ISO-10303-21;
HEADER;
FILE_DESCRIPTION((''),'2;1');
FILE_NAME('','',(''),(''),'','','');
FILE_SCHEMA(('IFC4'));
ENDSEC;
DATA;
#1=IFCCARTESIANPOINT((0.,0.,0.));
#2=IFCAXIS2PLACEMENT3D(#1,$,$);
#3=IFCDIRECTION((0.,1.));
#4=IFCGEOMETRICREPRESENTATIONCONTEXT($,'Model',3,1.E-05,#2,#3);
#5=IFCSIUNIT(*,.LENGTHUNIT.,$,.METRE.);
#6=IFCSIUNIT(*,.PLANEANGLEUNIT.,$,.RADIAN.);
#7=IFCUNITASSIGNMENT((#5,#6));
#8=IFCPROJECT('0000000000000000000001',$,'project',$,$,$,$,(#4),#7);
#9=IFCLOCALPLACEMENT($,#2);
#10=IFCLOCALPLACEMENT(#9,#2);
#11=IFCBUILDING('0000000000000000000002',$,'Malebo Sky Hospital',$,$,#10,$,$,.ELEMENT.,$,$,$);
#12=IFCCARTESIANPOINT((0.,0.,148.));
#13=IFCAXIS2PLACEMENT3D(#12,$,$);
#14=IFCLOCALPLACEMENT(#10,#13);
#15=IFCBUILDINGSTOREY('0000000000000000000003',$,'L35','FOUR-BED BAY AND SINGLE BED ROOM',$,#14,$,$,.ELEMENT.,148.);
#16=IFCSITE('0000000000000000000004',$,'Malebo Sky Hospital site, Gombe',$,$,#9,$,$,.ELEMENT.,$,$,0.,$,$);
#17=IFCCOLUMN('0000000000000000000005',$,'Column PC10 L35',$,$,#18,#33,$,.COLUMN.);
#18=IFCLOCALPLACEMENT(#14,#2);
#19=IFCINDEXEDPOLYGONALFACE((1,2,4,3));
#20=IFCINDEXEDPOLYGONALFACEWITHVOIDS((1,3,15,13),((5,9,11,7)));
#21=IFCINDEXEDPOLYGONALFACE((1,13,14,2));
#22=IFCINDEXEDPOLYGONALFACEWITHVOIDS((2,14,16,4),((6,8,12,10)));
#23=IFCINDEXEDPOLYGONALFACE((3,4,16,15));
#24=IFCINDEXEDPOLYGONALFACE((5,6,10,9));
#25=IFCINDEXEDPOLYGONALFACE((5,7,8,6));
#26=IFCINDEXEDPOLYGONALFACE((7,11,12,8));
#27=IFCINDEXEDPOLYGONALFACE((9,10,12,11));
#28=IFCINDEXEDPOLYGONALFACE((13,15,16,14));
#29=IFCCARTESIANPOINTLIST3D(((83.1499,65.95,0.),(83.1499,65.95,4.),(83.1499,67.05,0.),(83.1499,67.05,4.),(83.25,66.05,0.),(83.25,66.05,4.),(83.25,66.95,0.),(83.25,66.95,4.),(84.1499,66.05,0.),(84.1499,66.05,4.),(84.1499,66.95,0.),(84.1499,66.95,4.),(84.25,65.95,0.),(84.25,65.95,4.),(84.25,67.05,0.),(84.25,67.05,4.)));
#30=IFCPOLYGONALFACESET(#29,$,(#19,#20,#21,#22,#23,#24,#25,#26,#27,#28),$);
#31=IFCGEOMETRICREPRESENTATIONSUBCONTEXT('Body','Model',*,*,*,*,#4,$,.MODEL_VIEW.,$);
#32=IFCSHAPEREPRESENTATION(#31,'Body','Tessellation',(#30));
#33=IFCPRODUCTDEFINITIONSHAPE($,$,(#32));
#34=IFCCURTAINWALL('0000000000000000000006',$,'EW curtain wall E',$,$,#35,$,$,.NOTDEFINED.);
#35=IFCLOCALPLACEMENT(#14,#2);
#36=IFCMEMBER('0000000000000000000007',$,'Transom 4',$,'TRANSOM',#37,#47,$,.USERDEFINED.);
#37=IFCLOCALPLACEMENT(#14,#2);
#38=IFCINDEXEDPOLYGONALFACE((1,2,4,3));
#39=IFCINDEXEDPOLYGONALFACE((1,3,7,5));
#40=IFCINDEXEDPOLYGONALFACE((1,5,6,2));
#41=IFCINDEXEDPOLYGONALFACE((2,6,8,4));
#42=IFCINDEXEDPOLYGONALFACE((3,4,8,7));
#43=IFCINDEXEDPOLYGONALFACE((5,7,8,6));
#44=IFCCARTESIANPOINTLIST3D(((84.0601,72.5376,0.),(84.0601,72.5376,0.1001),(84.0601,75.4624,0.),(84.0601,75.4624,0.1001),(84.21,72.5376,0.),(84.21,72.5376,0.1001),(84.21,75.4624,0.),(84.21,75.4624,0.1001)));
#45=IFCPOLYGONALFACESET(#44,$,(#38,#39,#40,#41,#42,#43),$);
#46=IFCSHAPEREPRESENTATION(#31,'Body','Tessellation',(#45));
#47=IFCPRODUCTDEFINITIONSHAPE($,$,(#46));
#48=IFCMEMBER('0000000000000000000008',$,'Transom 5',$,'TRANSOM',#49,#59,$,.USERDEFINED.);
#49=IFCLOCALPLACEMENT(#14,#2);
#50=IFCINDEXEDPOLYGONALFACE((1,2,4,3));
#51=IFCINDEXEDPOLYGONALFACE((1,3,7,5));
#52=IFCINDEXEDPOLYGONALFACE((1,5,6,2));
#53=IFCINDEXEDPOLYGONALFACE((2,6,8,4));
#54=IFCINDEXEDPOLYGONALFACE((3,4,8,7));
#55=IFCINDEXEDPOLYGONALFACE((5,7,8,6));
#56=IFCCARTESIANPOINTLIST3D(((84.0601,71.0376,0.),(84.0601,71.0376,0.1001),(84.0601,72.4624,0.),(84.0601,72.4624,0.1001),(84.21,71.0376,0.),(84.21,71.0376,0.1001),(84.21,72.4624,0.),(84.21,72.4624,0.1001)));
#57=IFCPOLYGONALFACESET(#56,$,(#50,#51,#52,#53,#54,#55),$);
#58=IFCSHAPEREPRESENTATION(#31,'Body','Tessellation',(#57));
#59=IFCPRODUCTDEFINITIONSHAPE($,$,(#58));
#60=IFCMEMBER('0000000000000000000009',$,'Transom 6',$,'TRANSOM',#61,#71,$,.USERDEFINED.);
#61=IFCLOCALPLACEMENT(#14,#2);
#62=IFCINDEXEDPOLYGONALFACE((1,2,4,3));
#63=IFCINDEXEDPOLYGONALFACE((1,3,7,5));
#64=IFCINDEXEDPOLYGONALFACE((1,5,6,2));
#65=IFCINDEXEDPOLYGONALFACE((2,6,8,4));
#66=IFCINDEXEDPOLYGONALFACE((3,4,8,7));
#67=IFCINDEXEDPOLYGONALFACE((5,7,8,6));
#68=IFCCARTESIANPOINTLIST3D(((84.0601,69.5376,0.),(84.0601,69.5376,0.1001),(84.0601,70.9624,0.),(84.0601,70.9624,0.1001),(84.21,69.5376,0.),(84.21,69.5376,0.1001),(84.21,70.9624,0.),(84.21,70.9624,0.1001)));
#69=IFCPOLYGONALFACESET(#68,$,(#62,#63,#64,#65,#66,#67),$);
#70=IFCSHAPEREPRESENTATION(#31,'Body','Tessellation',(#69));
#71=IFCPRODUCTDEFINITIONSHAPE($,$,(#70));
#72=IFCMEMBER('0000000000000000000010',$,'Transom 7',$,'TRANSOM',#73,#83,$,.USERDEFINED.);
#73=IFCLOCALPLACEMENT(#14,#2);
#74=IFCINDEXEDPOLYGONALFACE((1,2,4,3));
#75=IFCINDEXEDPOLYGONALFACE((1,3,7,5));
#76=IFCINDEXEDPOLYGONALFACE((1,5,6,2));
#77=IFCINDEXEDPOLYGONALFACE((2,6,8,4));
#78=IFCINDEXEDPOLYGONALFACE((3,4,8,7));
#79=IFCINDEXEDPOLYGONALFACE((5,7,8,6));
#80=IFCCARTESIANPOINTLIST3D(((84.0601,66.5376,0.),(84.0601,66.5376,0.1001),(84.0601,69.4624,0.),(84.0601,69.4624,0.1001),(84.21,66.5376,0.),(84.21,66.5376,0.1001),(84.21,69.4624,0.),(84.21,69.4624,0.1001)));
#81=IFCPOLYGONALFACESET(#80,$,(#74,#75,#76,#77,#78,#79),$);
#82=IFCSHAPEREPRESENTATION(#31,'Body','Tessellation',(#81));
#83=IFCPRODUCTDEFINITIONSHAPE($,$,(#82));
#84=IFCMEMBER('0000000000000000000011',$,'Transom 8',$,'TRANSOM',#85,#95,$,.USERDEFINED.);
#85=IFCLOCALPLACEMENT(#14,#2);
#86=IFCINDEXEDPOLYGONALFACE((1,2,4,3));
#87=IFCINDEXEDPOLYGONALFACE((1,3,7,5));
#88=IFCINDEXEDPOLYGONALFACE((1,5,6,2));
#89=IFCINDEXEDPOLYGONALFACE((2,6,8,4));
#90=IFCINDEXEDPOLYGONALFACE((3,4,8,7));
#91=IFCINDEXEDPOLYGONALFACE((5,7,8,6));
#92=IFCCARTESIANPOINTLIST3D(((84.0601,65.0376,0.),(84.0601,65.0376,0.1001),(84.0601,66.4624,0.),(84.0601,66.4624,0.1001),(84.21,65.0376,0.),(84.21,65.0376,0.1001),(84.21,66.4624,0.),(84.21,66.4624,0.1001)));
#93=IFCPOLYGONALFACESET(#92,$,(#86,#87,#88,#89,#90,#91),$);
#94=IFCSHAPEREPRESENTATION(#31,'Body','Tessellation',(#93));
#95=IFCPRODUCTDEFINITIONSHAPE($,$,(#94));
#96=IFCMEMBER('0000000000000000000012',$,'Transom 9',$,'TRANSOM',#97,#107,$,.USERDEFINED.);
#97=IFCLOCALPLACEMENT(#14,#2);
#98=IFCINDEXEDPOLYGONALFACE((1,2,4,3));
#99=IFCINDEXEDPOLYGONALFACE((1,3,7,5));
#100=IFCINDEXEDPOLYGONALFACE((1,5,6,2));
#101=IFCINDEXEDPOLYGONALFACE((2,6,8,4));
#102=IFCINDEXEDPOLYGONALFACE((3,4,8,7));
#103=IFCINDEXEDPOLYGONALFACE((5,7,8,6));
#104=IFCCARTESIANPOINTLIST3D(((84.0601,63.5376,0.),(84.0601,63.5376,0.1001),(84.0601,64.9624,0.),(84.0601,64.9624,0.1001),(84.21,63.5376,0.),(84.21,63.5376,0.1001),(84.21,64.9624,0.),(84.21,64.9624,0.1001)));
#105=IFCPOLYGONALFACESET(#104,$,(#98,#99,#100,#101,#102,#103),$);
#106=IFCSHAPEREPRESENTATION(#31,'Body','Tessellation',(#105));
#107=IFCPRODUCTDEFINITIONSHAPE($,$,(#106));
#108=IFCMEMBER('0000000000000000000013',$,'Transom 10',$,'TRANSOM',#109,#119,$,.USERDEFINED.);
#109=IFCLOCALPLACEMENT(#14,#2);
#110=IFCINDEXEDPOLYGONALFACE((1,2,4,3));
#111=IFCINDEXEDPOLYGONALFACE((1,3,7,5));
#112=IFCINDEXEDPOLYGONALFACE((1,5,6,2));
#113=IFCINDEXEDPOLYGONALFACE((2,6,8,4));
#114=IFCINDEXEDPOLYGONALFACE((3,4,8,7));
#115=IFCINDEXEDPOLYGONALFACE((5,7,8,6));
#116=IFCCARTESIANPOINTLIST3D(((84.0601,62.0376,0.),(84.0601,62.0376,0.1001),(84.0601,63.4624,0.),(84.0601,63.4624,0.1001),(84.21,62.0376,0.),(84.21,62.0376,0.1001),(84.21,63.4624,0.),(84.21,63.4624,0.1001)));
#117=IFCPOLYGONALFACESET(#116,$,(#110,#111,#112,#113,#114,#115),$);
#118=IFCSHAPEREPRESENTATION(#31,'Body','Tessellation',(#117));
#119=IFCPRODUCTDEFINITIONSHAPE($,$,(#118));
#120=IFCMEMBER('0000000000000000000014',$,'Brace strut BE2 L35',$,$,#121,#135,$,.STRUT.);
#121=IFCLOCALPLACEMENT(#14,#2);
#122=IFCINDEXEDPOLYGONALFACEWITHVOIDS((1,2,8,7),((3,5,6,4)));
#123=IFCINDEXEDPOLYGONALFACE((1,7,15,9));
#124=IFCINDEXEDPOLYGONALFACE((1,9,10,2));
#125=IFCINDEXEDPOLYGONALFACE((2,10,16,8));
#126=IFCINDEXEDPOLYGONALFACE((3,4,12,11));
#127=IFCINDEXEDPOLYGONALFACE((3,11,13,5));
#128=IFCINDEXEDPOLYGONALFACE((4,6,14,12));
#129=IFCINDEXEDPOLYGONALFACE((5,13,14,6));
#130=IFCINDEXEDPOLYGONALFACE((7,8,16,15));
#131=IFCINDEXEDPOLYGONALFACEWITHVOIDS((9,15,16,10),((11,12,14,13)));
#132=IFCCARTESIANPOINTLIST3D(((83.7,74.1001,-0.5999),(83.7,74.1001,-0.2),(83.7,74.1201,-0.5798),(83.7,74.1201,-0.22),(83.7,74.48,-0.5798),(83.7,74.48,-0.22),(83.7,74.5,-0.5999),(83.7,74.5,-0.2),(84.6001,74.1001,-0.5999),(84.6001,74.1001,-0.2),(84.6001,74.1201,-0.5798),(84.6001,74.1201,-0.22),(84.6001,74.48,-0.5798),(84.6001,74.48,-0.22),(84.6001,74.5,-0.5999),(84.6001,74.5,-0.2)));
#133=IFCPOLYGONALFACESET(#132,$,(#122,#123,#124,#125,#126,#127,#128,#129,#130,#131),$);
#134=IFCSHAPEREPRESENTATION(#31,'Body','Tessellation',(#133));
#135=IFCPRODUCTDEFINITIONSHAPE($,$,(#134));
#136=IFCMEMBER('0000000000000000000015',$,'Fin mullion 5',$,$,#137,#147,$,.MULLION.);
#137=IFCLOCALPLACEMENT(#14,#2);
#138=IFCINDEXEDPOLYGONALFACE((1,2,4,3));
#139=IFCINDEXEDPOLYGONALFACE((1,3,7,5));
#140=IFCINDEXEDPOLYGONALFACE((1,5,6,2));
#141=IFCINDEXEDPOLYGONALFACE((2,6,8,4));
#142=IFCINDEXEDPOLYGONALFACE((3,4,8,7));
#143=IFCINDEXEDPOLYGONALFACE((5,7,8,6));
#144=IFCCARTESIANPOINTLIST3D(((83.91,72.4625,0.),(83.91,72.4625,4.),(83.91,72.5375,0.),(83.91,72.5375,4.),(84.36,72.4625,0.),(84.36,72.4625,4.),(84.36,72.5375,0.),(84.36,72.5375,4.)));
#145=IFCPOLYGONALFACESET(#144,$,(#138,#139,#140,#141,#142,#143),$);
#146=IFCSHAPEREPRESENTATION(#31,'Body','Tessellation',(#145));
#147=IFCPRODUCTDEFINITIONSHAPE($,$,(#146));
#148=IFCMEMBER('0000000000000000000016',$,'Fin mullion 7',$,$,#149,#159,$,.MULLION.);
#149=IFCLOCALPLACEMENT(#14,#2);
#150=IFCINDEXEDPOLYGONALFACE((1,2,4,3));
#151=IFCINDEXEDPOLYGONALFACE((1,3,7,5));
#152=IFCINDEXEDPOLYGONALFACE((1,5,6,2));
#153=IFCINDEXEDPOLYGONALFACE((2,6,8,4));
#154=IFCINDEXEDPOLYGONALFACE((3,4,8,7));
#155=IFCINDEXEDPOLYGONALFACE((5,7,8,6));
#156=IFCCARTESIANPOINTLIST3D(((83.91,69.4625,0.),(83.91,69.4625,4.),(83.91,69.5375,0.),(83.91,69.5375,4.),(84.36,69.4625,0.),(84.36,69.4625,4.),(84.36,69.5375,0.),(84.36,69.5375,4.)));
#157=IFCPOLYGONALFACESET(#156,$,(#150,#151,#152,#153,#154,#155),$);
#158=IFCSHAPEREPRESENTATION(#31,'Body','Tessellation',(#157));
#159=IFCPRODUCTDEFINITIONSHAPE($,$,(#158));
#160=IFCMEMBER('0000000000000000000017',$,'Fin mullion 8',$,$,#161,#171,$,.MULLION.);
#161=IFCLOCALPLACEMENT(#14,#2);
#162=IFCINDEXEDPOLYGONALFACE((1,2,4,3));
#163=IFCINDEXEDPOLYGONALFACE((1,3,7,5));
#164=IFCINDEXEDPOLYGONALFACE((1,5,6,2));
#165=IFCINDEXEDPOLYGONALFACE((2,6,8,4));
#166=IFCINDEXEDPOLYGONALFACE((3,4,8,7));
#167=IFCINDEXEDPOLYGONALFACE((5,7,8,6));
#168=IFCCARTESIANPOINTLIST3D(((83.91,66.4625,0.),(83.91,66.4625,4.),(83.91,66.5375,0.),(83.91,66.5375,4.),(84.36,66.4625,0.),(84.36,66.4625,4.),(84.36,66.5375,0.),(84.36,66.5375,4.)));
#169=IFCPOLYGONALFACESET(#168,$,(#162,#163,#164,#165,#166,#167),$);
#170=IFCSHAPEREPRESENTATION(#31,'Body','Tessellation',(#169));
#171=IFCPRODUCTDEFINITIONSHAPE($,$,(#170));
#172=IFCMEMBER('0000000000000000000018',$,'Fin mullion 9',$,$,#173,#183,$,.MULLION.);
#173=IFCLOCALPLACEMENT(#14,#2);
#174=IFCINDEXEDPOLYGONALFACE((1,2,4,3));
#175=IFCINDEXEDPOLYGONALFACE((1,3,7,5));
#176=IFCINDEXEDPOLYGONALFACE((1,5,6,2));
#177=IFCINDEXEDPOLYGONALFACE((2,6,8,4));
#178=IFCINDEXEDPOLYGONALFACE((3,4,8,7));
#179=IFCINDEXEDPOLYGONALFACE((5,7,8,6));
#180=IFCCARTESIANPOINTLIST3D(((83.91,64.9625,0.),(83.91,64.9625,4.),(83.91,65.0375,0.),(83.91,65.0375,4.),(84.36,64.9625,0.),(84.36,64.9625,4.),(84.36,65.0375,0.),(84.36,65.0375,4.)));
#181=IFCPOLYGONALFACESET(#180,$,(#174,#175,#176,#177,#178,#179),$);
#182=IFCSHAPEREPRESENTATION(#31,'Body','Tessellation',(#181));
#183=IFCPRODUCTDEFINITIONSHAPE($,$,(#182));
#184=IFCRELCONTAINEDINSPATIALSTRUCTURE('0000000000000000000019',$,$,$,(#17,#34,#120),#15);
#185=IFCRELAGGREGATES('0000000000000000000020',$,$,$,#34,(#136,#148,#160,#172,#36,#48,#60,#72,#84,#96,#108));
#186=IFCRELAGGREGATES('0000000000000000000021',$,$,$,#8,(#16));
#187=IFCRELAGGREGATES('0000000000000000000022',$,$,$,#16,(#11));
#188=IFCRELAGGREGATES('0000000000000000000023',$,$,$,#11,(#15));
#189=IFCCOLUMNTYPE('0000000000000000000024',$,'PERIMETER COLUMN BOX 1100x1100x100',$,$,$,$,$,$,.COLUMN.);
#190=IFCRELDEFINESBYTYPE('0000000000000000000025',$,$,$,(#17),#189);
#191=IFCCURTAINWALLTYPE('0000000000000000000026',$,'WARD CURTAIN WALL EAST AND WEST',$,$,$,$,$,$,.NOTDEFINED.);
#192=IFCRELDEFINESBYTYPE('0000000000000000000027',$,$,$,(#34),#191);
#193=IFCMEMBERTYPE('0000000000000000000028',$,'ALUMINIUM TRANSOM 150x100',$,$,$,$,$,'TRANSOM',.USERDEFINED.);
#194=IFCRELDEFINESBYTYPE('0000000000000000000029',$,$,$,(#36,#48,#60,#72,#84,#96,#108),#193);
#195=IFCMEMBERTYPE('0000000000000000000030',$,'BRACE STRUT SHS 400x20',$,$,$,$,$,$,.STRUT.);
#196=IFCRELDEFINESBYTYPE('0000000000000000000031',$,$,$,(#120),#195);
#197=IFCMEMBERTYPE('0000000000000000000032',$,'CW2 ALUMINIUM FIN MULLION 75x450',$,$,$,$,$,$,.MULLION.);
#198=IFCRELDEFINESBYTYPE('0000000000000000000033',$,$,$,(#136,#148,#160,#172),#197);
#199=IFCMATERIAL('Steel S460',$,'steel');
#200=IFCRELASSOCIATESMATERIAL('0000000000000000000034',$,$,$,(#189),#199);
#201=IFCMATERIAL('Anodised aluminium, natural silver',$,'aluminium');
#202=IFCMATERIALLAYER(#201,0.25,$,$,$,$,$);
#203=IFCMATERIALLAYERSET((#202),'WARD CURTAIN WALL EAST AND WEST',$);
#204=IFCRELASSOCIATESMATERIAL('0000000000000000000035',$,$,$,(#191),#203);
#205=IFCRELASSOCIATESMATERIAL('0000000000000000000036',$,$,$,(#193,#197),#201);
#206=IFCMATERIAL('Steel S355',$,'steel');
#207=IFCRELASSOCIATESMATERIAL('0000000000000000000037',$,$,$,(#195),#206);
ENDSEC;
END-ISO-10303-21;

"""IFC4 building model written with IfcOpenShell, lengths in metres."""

from ifc_helpers import new_model, si_unit, direction, frame, origin, origin_2d, place, context, subcontext, project, spatial, rectangle, hollow_rectangle, extrude, material, layer, layer_set, material_profile, profile_set, type_object, element, aggregate, save


model = new_model("IFC4")

# Units and contexts
model_context = context("Model", 3, precision=1e-05, world=origin(), true_north=direction((0.0, 1.0)))
body_context = subcontext(model_context, "Body", "Model", "MODEL_VIEW")
ifc_project = project(units=[si_unit("LENGTHUNIT", "METRE"), si_unit("PLANEANGLEUNIT", "RADIAN")], contexts=[model_context])

# Site, building, storey
site_placement = place(None, origin())
site = spatial("IfcSite", under=ifc_project, at=site_placement, Name="Malebo Sky Hospital site, Gombe", CompositionType="ELEMENT", RefElevation=0.0)
building_placement = place(site_placement, origin())
building = spatial("IfcBuilding", under=site, at=building_placement, Name="Malebo Sky Hospital", CompositionType="ELEMENT")
storey_placement = place(building_placement, frame((0.0, 0.0, 148.0)))
storey = spatial("IfcBuildingStorey", under=building, at=storey_placement, Name="L35", Description="FOUR-BED BAY AND SINGLE BED ROOM", CompositionType="ELEMENT", Elevation=148.0)

# Column
ifc_material_1 = material(Name="Steel S460", Category="steel")
ifc_material_profile_1 = material_profile(ifc_material_1, hollow_rectangle(XDim=1.1001, YDim=1.1001, WallThickness=0.1001, at=origin_2d()), Name="BOX 1100x1100x100")
ifc_profile_set_1 = profile_set([ifc_material_profile_1], Name="Steel S460")
column_type = type_object("IfcColumnType", Name="PERIMETER COLUMN BOX 1100x1100x100", PredefinedType="COLUMN", material=ifc_profile_set_1)
column_placement = place(storey_placement, frame((83.7, 66.5, 0.0), z_axis=(0.0, 0.0, 1.0), x_axis=(1.0, 0.0, 0.0)))
element("IfcColumn", 1, at=column_placement, inside=storey, type_object=column_type, Name="Column PC10 L35", PredefinedType="COLUMN", context=body_context, shape_type="SweptSolid", body=[
    extrude(hollow_rectangle(XDim=1.1001, YDim=1.1001, WallThickness=0.1001, at=origin_2d()), origin(), (0.0, 0.0, 1.0), 4.0),
])

# Curtain wall, members
ifc_material_2 = material(Name="Anodised aluminium, natural silver", Category="aluminium")
ifc_layer_1 = layer(ifc_material_2, 0.25)
ifc_layer_set_1 = layer_set([ifc_layer_1], Name="WARD CURTAIN WALL EAST AND WEST")
curtain_wall_type = type_object("IfcCurtainWallType", Name="WARD CURTAIN WALL EAST AND WEST", PredefinedType="NOTDEFINED", material=ifc_layer_set_1)
curtain_wall_placement = place(storey_placement, origin())
curtain_wall = element("IfcCurtainWall", 2, at=curtain_wall_placement, inside=storey, type_object=curtain_wall_type, Name="EW curtain wall E", PredefinedType="NOTDEFINED")
ifc_material_profile_2 = material_profile(ifc_material_2, rectangle(XDim=0.1499, YDim=0.1001, at=origin_2d()), Name="ALUMINIUM TRANSOM 150x100")
ifc_profile_set_2 = profile_set([ifc_material_profile_2], Name="Anodised aluminium, natural silver")
member_type_1 = type_object("IfcMemberType", Name="ALUMINIUM TRANSOM 150x100", ElementType="TRANSOM", PredefinedType="USERDEFINED", material=ifc_profile_set_2)
member_1_placement = place(storey_placement, frame((84.135, 75.4624, 0.05), z_axis=(0.0, -1.0, 0.0), x_axis=(1.0, 0.0, 0.0)))
member_1 = element("IfcMember", 3, at=member_1_placement, type_object=member_type_1, Name="Transom 4", ObjectType="TRANSOM", PredefinedType="USERDEFINED", context=body_context, shape_type="SweptSolid", body=[
    extrude(rectangle(XDim=0.1499, YDim=0.1001, at=origin_2d()), origin(), (0.0, 0.0, 1.0), 2.9248),
])
member_2_placement = place(storey_placement, frame((84.135, 72.4624, 0.05), z_axis=(0.0, -1.0, 0.0), x_axis=(1.0, 0.0, 0.0)))
member_2 = element("IfcMember", 4, at=member_2_placement, type_object=member_type_1, Name="Transom 5", ObjectType="TRANSOM", PredefinedType="USERDEFINED", context=body_context, shape_type="SweptSolid", body=[
    extrude(rectangle(XDim=0.1499, YDim=0.1001, at=origin_2d()), origin(), (0.0, 0.0, 1.0), 1.4248),
])
member_3_placement = place(storey_placement, frame((84.135, 70.9624, 0.05), z_axis=(0.0, -1.0, 0.0), x_axis=(1.0, 0.0, 0.0)))
member_3 = element("IfcMember", 5, at=member_3_placement, type_object=member_type_1, Name="Transom 6", ObjectType="TRANSOM", PredefinedType="USERDEFINED", context=body_context, shape_type="SweptSolid", body=[
    extrude(rectangle(XDim=0.1499, YDim=0.1001, at=origin_2d()), origin(), (0.0, 0.0, 1.0), 1.4248),
])
member_4_placement = place(storey_placement, frame((84.135, 69.4624, 0.05), z_axis=(0.0, -1.0, 0.0), x_axis=(1.0, 0.0, 0.0)))
member_4 = element("IfcMember", 6, at=member_4_placement, type_object=member_type_1, Name="Transom 7", ObjectType="TRANSOM", PredefinedType="USERDEFINED", context=body_context, shape_type="SweptSolid", body=[
    extrude(rectangle(XDim=0.1499, YDim=0.1001, at=origin_2d()), origin(), (0.0, 0.0, 1.0), 2.9248),
])
member_5_placement = place(storey_placement, frame((84.135, 66.4624, 0.05), z_axis=(0.0, -1.0, 0.0), x_axis=(1.0, 0.0, 0.0)))
member_5 = element("IfcMember", 7, at=member_5_placement, type_object=member_type_1, Name="Transom 8", ObjectType="TRANSOM", PredefinedType="USERDEFINED", context=body_context, shape_type="SweptSolid", body=[
    extrude(rectangle(XDim=0.1499, YDim=0.1001, at=origin_2d()), origin(), (0.0, 0.0, 1.0), 1.4248),
])
member_6_placement = place(storey_placement, frame((84.135, 64.9624, 0.05), z_axis=(0.0, -1.0, 0.0), x_axis=(1.0, 0.0, 0.0)))
member_6 = element("IfcMember", 8, at=member_6_placement, type_object=member_type_1, Name="Transom 9", ObjectType="TRANSOM", PredefinedType="USERDEFINED", context=body_context, shape_type="SweptSolid", body=[
    extrude(rectangle(XDim=0.1499, YDim=0.1001, at=origin_2d()), origin(), (0.0, 0.0, 1.0), 1.4248),
])
member_7_placement = place(storey_placement, frame((84.135, 63.4624, 0.05), z_axis=(0.0, -1.0, 0.0), x_axis=(1.0, 0.0, 0.0)))
member_7 = element("IfcMember", 9, at=member_7_placement, type_object=member_type_1, Name="Transom 10", ObjectType="TRANSOM", PredefinedType="USERDEFINED", context=body_context, shape_type="SweptSolid", body=[
    extrude(rectangle(XDim=0.1499, YDim=0.1001, at=origin_2d()), origin(), (0.0, 0.0, 1.0), 1.4248),
])

# Members
ifc_material_3 = material(Name="Steel S355", Category="steel")
ifc_material_profile_3 = material_profile(ifc_material_3, hollow_rectangle(XDim=0.3999, YDim=0.3999, WallThickness=0.02, at=origin_2d()), Name="SHS 400x20")
ifc_profile_set_3 = profile_set([ifc_material_profile_3], Name="Steel S355")
member_type_2 = type_object("IfcMemberType", Name="BRACE STRUT SHS 400x20", PredefinedType="STRUT", material=ifc_profile_set_3)
member_8_placement = place(storey_placement, frame((84.6001, 74.3, -0.3999), z_axis=(-1.0, 0.0, 0.0), x_axis=(0.0, -1.0, 0.0)))
element("IfcMember", 10, at=member_8_placement, inside=storey, type_object=member_type_2, Name="Brace strut BE2 L35", PredefinedType="STRUT", context=body_context, shape_type="SweptSolid", body=[
    extrude(hollow_rectangle(XDim=0.3999, YDim=0.3999, WallThickness=0.02, at=origin_2d()), origin(), (0.0, 0.0, 1.0), 0.9001),
])
ifc_material_profile_4 = material_profile(ifc_material_2, rectangle(XDim=0.075, YDim=0.45, at=origin_2d()), Name="CW2 ALUMINIUM FIN MULLION 75x450")
ifc_profile_set_4 = profile_set([ifc_material_profile_4], Name="Anodised aluminium, natural silver")
member_type_3 = type_object("IfcMemberType", Name="CW2 ALUMINIUM FIN MULLION 75x450", PredefinedType="MULLION", material=ifc_profile_set_4)
member_9_placement = place(storey_placement, frame((84.135, 72.5, 0.0), z_axis=(0.0, 0.0, 1.0), x_axis=(0.0, -1.0, 0.0)))
member_9 = element("IfcMember", 11, at=member_9_placement, type_object=member_type_3, Name="Fin mullion 5", PredefinedType="MULLION", context=body_context, shape_type="SweptSolid", body=[
    extrude(rectangle(XDim=0.075, YDim=0.45, at=origin_2d()), origin(), (0.0, 0.0, 1.0), 4.0),
])
member_10_placement = place(storey_placement, frame((84.135, 69.5, 0.0), z_axis=(0.0, 0.0, 1.0), x_axis=(0.0, -1.0, 0.0)))
member_10 = element("IfcMember", 12, at=member_10_placement, type_object=member_type_3, Name="Fin mullion 7", PredefinedType="MULLION", context=body_context, shape_type="SweptSolid", body=[
    extrude(rectangle(XDim=0.075, YDim=0.45, at=origin_2d()), origin(), (0.0, 0.0, 1.0), 4.0),
])
member_11_placement = place(storey_placement, frame((84.135, 66.5, 0.0), z_axis=(0.0, 0.0, 1.0), x_axis=(0.0, -1.0, 0.0)))
member_11 = element("IfcMember", 13, at=member_11_placement, type_object=member_type_3, Name="Fin mullion 8", PredefinedType="MULLION", context=body_context, shape_type="SweptSolid", body=[
    extrude(rectangle(XDim=0.075, YDim=0.45, at=origin_2d()), origin(), (0.0, 0.0, 1.0), 4.0),
])
member_12_placement = place(storey_placement, frame((84.135, 65.0, 0.0), z_axis=(0.0, 0.0, 1.0), x_axis=(0.0, -1.0, 0.0)))
member_12 = element("IfcMember", 14, at=member_12_placement, type_object=member_type_3, Name="Fin mullion 9", PredefinedType="MULLION", context=body_context, shape_type="SweptSolid", body=[
    extrude(rectangle(XDim=0.075, YDim=0.45, at=origin_2d()), origin(), (0.0, 0.0, 1.0), 4.0),
])

aggregate(curtain_wall, [member_9, member_10, member_11, member_12, member_1, member_2, member_3, member_4, member_5, member_6, member_7])

save(model, "model.ifc")
